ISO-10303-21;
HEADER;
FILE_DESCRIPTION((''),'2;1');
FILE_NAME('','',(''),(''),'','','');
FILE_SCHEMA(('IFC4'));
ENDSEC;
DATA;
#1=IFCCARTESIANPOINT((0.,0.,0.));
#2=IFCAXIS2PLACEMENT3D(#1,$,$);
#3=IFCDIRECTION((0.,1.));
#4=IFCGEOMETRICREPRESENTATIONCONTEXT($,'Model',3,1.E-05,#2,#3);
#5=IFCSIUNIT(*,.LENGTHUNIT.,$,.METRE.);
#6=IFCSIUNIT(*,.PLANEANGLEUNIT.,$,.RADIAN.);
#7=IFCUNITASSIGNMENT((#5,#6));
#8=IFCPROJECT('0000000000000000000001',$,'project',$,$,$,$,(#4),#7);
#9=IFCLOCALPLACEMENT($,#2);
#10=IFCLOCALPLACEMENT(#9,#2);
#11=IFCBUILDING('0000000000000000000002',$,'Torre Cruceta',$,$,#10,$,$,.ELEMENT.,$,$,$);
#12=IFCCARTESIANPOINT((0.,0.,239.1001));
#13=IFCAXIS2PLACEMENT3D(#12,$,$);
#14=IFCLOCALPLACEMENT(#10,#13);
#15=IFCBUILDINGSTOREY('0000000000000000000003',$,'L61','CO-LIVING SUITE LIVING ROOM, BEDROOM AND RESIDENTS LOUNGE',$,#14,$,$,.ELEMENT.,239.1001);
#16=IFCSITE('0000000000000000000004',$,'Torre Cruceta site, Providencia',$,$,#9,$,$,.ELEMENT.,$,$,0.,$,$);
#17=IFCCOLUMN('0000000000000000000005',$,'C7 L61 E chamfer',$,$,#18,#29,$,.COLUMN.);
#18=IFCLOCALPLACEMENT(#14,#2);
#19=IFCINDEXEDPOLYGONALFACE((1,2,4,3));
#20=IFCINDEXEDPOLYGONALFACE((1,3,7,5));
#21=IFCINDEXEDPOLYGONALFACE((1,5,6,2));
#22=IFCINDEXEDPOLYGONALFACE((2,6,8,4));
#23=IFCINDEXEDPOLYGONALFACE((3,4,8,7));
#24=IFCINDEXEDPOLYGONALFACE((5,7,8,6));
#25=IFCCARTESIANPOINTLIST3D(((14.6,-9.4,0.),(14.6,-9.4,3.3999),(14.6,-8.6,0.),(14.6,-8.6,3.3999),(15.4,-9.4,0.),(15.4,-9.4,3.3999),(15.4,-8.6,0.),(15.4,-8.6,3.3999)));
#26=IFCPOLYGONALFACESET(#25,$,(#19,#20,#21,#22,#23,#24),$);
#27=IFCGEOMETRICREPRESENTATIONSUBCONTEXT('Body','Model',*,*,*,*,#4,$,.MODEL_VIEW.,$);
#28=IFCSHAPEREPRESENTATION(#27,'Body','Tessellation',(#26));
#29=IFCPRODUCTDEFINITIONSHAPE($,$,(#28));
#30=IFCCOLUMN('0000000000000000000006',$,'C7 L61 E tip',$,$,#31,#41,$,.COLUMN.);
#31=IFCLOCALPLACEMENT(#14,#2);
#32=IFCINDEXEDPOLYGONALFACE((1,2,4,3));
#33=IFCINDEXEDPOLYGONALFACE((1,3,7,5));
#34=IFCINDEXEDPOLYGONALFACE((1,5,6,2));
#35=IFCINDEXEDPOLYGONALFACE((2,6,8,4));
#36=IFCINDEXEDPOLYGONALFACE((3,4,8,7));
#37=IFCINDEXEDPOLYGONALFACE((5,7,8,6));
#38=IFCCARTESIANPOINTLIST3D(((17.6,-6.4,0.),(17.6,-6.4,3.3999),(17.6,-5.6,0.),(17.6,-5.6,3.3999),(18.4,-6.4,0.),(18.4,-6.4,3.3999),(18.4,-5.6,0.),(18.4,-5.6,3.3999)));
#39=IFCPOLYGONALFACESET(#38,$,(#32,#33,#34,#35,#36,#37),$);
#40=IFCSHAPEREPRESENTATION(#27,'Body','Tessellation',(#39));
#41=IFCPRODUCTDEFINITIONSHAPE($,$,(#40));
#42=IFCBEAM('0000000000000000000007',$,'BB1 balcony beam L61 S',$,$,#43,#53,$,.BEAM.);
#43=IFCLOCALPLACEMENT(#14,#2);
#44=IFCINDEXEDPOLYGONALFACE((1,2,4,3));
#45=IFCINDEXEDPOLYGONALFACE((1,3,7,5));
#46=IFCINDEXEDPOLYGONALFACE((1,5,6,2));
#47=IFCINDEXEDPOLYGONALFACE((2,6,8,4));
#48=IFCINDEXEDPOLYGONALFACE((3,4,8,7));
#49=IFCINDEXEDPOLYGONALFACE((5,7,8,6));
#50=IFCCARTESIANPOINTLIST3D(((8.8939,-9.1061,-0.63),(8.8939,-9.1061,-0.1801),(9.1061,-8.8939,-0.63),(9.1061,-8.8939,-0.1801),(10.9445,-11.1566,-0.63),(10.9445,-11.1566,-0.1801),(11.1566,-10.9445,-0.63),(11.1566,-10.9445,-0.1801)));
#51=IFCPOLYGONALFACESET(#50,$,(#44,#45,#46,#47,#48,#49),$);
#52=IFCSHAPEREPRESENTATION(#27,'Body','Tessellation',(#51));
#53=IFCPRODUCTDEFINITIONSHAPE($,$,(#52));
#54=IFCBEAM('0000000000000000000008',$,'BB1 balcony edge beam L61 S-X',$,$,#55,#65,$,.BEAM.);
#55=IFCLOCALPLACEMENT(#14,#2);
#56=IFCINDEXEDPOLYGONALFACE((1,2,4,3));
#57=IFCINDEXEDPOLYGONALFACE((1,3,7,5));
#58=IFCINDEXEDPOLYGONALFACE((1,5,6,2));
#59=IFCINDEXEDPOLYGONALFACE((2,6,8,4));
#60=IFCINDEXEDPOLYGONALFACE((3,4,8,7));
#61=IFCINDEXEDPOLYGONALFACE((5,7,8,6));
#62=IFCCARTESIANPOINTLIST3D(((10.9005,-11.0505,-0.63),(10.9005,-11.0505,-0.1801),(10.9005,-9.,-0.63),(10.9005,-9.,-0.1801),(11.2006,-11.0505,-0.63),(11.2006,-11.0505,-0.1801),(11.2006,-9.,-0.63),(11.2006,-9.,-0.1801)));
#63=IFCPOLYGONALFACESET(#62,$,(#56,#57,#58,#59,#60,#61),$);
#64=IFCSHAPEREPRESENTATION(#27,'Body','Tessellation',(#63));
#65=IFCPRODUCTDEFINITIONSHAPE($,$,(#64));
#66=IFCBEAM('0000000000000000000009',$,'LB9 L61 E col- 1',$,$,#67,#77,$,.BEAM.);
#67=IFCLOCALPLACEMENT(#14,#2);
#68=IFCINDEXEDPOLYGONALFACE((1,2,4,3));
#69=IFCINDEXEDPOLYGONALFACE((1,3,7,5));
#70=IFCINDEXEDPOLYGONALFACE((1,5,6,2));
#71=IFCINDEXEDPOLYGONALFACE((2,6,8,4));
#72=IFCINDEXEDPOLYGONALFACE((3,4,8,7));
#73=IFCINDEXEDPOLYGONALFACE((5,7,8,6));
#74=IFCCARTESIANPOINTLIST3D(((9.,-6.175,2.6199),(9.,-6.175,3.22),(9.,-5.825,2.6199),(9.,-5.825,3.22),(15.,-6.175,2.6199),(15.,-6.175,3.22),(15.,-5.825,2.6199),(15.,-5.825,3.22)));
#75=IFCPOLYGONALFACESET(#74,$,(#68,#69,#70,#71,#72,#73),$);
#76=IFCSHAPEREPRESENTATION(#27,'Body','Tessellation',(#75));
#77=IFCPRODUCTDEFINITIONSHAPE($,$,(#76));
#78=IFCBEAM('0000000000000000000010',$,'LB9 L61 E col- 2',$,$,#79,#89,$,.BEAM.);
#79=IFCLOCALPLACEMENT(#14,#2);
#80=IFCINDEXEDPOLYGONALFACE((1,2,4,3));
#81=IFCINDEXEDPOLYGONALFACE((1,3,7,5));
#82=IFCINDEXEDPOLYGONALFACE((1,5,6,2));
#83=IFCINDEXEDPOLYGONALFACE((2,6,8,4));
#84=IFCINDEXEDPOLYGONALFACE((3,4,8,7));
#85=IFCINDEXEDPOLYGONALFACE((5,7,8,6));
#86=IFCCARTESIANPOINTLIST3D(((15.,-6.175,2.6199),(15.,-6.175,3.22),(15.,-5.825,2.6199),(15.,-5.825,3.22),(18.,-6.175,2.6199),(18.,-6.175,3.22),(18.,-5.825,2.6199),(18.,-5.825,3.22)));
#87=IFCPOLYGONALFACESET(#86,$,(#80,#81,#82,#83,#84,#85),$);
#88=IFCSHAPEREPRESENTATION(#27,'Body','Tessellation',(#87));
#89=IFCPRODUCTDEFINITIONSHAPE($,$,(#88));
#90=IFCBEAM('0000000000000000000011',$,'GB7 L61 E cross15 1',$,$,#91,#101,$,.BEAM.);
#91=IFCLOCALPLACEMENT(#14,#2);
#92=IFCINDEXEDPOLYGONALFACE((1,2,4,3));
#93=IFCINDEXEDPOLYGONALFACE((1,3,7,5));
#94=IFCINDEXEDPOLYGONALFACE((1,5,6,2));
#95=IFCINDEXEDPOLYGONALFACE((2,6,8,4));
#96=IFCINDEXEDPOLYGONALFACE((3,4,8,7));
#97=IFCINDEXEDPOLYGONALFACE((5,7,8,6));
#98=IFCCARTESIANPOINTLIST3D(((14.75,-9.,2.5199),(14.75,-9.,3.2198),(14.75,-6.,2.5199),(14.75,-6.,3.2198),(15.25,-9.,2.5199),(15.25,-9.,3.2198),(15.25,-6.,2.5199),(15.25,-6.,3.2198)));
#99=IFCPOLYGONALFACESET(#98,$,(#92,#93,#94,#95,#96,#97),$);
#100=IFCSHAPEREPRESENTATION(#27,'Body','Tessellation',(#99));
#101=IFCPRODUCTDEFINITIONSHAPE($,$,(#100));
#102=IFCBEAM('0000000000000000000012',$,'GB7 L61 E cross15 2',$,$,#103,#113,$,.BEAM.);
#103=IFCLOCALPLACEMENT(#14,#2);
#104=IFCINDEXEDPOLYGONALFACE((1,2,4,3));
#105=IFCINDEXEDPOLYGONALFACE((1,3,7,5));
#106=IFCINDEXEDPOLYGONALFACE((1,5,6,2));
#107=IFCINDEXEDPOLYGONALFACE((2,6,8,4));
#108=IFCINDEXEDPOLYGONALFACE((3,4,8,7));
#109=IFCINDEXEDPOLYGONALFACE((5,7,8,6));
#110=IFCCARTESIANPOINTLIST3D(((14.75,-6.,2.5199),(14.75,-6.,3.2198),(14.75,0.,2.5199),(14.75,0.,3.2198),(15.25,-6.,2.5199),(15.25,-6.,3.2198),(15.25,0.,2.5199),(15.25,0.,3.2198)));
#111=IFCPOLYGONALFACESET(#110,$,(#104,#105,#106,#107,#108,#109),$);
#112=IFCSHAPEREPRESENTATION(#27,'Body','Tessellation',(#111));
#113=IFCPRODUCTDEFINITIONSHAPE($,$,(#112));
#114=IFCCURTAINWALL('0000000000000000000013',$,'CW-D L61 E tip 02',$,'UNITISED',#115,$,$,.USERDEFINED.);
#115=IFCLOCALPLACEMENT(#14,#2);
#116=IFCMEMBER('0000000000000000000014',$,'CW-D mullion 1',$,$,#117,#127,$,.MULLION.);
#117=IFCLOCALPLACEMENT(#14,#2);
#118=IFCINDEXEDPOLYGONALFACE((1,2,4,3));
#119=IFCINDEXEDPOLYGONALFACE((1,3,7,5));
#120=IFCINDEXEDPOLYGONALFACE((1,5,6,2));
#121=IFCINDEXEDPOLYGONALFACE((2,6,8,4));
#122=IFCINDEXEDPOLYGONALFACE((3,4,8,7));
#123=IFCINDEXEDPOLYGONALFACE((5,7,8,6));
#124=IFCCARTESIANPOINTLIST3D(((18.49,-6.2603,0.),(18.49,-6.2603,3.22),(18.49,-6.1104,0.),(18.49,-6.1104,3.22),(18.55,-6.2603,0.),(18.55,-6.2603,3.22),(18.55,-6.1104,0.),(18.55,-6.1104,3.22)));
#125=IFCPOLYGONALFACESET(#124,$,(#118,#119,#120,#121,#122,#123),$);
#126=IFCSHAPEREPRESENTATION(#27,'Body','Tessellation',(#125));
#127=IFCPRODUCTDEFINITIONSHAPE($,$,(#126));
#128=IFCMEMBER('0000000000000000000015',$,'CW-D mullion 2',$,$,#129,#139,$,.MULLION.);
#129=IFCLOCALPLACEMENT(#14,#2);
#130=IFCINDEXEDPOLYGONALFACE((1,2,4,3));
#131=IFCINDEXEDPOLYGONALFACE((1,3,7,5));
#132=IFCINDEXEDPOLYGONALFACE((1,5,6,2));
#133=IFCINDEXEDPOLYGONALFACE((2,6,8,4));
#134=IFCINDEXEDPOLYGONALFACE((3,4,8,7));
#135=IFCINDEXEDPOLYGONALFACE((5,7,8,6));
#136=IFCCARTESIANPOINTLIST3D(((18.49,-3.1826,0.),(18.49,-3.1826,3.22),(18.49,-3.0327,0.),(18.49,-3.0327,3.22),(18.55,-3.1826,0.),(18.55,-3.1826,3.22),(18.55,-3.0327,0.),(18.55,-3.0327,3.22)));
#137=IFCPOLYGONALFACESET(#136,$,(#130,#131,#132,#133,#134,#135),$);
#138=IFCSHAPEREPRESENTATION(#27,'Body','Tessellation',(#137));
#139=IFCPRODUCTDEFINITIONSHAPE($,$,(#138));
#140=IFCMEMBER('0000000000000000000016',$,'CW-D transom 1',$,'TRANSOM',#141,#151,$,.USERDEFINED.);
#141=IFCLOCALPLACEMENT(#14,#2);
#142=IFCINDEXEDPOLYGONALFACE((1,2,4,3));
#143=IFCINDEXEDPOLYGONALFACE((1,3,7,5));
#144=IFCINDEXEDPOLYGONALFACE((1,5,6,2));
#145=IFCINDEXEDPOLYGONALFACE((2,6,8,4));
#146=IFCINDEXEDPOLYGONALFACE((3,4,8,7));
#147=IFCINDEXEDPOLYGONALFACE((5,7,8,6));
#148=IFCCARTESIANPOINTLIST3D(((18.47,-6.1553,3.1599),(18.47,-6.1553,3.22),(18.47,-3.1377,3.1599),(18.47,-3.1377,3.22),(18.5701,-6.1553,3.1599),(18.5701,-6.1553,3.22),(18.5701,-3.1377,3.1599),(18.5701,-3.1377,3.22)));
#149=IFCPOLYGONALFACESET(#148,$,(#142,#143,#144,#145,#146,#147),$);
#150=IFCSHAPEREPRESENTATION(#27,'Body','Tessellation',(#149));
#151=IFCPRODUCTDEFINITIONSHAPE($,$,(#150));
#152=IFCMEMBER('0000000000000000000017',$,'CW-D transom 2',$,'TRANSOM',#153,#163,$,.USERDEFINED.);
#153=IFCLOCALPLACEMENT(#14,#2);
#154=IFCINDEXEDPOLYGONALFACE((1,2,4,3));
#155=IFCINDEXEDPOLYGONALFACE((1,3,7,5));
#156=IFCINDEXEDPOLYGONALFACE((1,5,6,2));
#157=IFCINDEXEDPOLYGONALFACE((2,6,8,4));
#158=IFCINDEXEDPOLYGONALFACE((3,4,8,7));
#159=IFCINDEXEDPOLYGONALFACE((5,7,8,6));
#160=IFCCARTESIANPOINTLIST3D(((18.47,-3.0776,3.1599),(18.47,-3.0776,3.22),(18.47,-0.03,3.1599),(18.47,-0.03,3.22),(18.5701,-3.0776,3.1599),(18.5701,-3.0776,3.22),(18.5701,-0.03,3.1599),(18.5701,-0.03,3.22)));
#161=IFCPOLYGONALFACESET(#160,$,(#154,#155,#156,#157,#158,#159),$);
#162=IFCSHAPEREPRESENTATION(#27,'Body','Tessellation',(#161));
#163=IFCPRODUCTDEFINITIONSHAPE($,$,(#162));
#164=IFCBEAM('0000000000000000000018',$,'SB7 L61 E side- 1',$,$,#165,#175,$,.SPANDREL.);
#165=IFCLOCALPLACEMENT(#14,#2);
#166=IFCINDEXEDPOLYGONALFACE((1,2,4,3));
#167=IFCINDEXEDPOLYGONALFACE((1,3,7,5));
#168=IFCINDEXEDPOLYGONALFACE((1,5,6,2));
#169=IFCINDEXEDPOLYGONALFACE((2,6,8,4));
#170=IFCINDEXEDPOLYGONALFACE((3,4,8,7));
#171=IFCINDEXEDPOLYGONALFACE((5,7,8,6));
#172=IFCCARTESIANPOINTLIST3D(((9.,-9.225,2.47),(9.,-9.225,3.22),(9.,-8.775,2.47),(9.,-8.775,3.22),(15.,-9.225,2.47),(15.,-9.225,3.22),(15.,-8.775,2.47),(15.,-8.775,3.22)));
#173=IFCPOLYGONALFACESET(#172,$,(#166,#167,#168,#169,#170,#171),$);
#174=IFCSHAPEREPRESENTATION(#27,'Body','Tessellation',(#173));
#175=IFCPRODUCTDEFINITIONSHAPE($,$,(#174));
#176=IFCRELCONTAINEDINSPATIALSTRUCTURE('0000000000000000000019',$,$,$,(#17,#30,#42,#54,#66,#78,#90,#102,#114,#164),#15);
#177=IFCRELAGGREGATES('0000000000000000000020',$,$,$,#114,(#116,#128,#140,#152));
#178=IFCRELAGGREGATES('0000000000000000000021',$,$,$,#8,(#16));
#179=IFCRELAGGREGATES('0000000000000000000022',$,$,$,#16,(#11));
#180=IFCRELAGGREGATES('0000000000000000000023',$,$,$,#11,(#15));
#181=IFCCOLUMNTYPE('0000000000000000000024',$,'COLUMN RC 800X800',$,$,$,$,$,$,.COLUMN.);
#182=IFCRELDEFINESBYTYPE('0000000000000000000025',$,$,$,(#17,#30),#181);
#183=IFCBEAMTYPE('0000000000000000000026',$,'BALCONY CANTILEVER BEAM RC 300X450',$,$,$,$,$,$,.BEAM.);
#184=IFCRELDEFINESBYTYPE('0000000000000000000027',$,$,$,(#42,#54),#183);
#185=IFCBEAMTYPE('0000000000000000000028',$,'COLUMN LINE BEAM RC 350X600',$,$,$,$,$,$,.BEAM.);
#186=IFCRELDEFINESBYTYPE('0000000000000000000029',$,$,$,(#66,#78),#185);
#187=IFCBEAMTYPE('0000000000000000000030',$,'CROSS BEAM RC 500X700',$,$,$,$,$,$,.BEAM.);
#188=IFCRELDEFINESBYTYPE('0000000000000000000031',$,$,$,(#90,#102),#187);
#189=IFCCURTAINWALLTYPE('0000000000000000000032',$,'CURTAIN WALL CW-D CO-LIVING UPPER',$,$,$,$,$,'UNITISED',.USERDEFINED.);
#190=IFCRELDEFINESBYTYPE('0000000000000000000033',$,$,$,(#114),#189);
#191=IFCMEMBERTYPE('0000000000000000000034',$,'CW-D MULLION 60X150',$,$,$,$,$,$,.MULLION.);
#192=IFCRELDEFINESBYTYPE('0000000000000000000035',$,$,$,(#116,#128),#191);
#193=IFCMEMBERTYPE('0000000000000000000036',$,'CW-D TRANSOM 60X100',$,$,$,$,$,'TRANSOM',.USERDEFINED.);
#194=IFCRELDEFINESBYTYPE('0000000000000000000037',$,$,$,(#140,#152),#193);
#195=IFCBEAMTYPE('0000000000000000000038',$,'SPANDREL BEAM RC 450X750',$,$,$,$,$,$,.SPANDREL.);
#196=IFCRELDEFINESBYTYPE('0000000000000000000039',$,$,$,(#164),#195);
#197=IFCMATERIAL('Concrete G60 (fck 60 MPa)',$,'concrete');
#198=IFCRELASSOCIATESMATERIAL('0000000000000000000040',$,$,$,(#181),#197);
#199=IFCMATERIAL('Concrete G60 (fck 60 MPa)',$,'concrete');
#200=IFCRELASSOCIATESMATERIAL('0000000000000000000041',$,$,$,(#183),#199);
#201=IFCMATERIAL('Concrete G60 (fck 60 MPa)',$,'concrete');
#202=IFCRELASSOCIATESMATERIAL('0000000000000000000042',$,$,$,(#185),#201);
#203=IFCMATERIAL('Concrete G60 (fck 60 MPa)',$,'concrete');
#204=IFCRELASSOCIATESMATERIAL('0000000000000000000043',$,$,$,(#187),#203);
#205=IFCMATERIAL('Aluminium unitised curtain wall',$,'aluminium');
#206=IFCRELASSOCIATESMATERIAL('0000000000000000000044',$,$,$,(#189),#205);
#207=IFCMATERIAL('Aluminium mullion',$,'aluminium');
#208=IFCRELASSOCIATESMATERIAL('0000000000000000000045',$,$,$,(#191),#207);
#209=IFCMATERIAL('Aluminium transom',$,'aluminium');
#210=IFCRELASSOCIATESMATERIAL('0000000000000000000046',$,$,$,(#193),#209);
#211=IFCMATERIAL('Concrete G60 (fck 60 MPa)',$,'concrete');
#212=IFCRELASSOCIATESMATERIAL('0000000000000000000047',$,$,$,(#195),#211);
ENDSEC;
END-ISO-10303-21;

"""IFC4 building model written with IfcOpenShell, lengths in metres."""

from ifc_helpers import new_model, si_unit, direction, frame, origin, origin_2d, place, context, subcontext, project, spatial, rectangle, extrude, material, material_profile, profile_set, type_object, element, aggregate, save


model = new_model("IFC4")

# Units and contexts
model_context = context("Model", 3, precision=1e-05, world=origin(), true_north=direction((0.0, 1.0)))
body_context = subcontext(model_context, "Body", "Model", "MODEL_VIEW")
ifc_project = project(units=[si_unit("LENGTHUNIT", "METRE"), si_unit("PLANEANGLEUNIT", "RADIAN")], contexts=[model_context])

# Site, building, storey
site_placement = place(None, origin())
site = spatial("IfcSite", under=ifc_project, at=site_placement, Name="Torre Cruceta site, Providencia", CompositionType="ELEMENT", RefElevation=0.0)
building_placement = place(site_placement, origin())
building = spatial("IfcBuilding", under=site, at=building_placement, Name="Torre Cruceta", CompositionType="ELEMENT")
storey_placement = place(building_placement, frame((0.0, 0.0, 239.1001)))
storey = spatial("IfcBuildingStorey", under=building, at=storey_placement, Name="L61", Description="CO-LIVING SUITE LIVING ROOM, BEDROOM AND RESIDENTS LOUNGE", CompositionType="ELEMENT", Elevation=239.1001)

# Columns
ifc_material_1 = material(Name="Concrete G60 (fck 60 MPa)", Category="concrete")
ifc_material_profile_1 = material_profile(ifc_material_1, rectangle(XDim=0.8, YDim=0.8, at=origin_2d()), Name="RC 800X800")
ifc_profile_set_1 = profile_set([ifc_material_profile_1], Name="Concrete G60 (fck 60 MPa)")
column_type = type_object("IfcColumnType", Name="COLUMN RC 800X800", PredefinedType="COLUMN", material=ifc_profile_set_1)
for number, where, z_axis, x_axis, name in (
    (1, (15.0, -9.0, 0.0), (0.0, 0.0, 1.0), (1.0, 0.0, 0.0), "C7 L61 E chamfer"),
    (2, (18.0, -6.0, 0.0), (0.0, 0.0, 1.0), (1.0, 0.0, 0.0), "C7 L61 E tip"),
):
    element("IfcColumn", number, at=place(storey_placement, frame(where, z_axis=z_axis, x_axis=x_axis)), inside=storey, type_object=column_type, Name=name, PredefinedType="COLUMN", context=body_context, shape_type="SweptSolid", body=[
        extrude(rectangle(XDim=0.8, YDim=0.8, at=origin_2d()), origin(), (0.0, 0.0, 1.0), 3.3999),
    ])

# Beams
ifc_material_2 = material(Name="Concrete G60 (fck 60 MPa)", Category="concrete")
ifc_material_profile_2 = material_profile(ifc_material_2, rectangle(XDim=0.3, YDim=0.45, at=origin_2d()), Name="RC 300X450")
ifc_profile_set_2 = profile_set([ifc_material_profile_2], Name="Concrete G60 (fck 60 MPa)")
beam_type_1 = type_object("IfcBeamType", Name="BALCONY CANTILEVER BEAM RC 300X450", PredefinedType="BEAM", material=ifc_profile_set_2)
beam_1_placement = place(storey_placement, frame((9.0, -9.0, -0.405), z_axis=(0.707107, -0.707107, 0.0), x_axis=(0.707107, 0.707107, 0.0)))
element("IfcBeam", 3, at=beam_1_placement, inside=storey, type_object=beam_type_1, Name="BB1 balcony beam L61 S", PredefinedType="BEAM", context=body_context, shape_type="SweptSolid", body=[
    extrude(rectangle(XDim=0.3, YDim=0.45, at=origin_2d()), origin(), (0.0, 0.0, 1.0), 2.8999),
])
beam_2_placement = place(storey_placement, frame((11.0505, -9.0, -0.405), z_axis=(0.0, -1.0, 0.0), x_axis=(1.0, 0.0, 0.0)))
element("IfcBeam", 4, at=beam_2_placement, inside=storey, type_object=beam_type_1, Name="BB1 balcony edge beam L61 S-X", PredefinedType="BEAM", context=body_context, shape_type="SweptSolid", body=[
    extrude(rectangle(XDim=0.3, YDim=0.45, at=origin_2d()), origin(), (0.0, 0.0, 1.0), 2.0505),
])
ifc_material_3 = material(Name="Concrete G60 (fck 60 MPa)", Category="concrete")
ifc_material_profile_3 = material_profile(ifc_material_3, rectangle(XDim=0.3501, YDim=0.6001, at=origin_2d()), Name="RC 350X600")
ifc_profile_set_3 = profile_set([ifc_material_profile_3], Name="Concrete G60 (fck 60 MPa)")
beam_type_2 = type_object("IfcBeamType", Name="COLUMN LINE BEAM RC 350X600", PredefinedType="BEAM", material=ifc_profile_set_3)
beam_3_placement = place(storey_placement, frame((9.0, -6.0, 2.9199), z_axis=(1.0, 0.0, 0.0), x_axis=(0.0, 1.0, 0.0)))
element("IfcBeam", 5, at=beam_3_placement, inside=storey, type_object=beam_type_2, Name="LB9 L61 E col- 1", PredefinedType="BEAM", context=body_context, shape_type="SweptSolid", body=[
    extrude(rectangle(XDim=0.3501, YDim=0.6001, at=origin_2d()), origin(), (0.0, 0.0, 1.0), 6.0),
])
beam_4_placement = place(storey_placement, frame((15.0, -6.0, 2.9199), z_axis=(1.0, 0.0, 0.0), x_axis=(0.0, 1.0, 0.0)))
element("IfcBeam", 6, at=beam_4_placement, inside=storey, type_object=beam_type_2, Name="LB9 L61 E col- 2", PredefinedType="BEAM", context=body_context, shape_type="SweptSolid", body=[
    extrude(rectangle(XDim=0.3501, YDim=0.6001, at=origin_2d()), origin(), (0.0, 0.0, 1.0), 3.0),
])
ifc_material_4 = material(Name="Concrete G60 (fck 60 MPa)", Category="concrete")
ifc_material_profile_4 = material_profile(ifc_material_4, rectangle(XDim=0.5, YDim=0.7, at=origin_2d()), Name="RC 500X700")
ifc_profile_set_4 = profile_set([ifc_material_profile_4], Name="Concrete G60 (fck 60 MPa)")
beam_type_3 = type_object("IfcBeamType", Name="CROSS BEAM RC 500X700", PredefinedType="BEAM", material=ifc_profile_set_4)
beam_5_placement = place(storey_placement, frame((15.0, -9.0, 2.8699), z_axis=(0.0, 1.0, 0.0), x_axis=(-1.0, 0.0, 0.0)))
element("IfcBeam", 7, at=beam_5_placement, inside=storey, type_object=beam_type_3, Name="GB7 L61 E cross15 1", PredefinedType="BEAM", context=body_context, shape_type="SweptSolid", body=[
    extrude(rectangle(XDim=0.5, YDim=0.7, at=origin_2d()), origin(), (0.0, 0.0, 1.0), 3.0),
])
beam_6_placement = place(storey_placement, frame((15.0, -6.0, 2.8699), z_axis=(0.0, 1.0, 0.0), x_axis=(-1.0, 0.0, 0.0)))
element("IfcBeam", 8, at=beam_6_placement, inside=storey, type_object=beam_type_3, Name="GB7 L61 E cross15 2", PredefinedType="BEAM", context=body_context, shape_type="SweptSolid", body=[
    extrude(rectangle(XDim=0.5, YDim=0.7, at=origin_2d()), origin(), (0.0, 0.0, 1.0), 6.0),
])

# Curtain wall, members
ifc_material_5 = material(Name="Aluminium unitised curtain wall", Category="aluminium")
curtain_wall_type = type_object("IfcCurtainWallType", Name="CURTAIN WALL CW-D CO-LIVING UPPER", ElementType="UNITISED", PredefinedType="USERDEFINED", material=ifc_material_5)
curtain_wall_placement = place(storey_placement, origin())
curtain_wall = element("IfcCurtainWall", 9, at=curtain_wall_placement, inside=storey, type_object=curtain_wall_type, Name="CW-D L61 E tip 02", ObjectType="UNITISED", PredefinedType="USERDEFINED")
ifc_material_6 = material(Name="Aluminium mullion", Category="aluminium")
ifc_material_profile_5 = material_profile(ifc_material_6, rectangle(XDim=0.0601, YDim=0.1499, at=origin_2d()), Name="AL 60X150")
ifc_profile_set_5 = profile_set([ifc_material_profile_5], Name="Aluminium mullion")
member_type_1 = type_object("IfcMemberType", Name="CW-D MULLION 60X150", PredefinedType="MULLION", material=ifc_profile_set_5)
member_1_placement = place(storey_placement, frame((18.52, -6.1853, 0.0), z_axis=(0.0, 0.0, 1.0), x_axis=(-1.0, 0.0, 0.0)))
member_1 = element("IfcMember", 10, at=member_1_placement, type_object=member_type_1, Name="CW-D mullion 1", PredefinedType="MULLION", context=body_context, shape_type="SweptSolid", body=[
    extrude(rectangle(XDim=0.0601, YDim=0.1499, at=origin_2d()), origin(), (0.0, 0.0, 1.0), 3.22),
])
member_2_placement = place(storey_placement, frame((18.52, -3.1077, 0.0), z_axis=(0.0, 0.0, 1.0), x_axis=(-1.0, 0.0, 0.0)))
member_2 = element("IfcMember", 11, at=member_2_placement, type_object=member_type_1, Name="CW-D mullion 2", PredefinedType="MULLION", context=body_context, shape_type="SweptSolid", body=[
    extrude(rectangle(XDim=0.0601, YDim=0.1499, at=origin_2d()), origin(), (0.0, 0.0, 1.0), 3.22),
])
ifc_material_7 = material(Name="Aluminium transom", Category="aluminium")
ifc_material_profile_6 = material_profile(ifc_material_7, rectangle(XDim=0.1001, YDim=0.0601, at=origin_2d()), Name="AL 100X60")
ifc_profile_set_6 = profile_set([ifc_material_profile_6], Name="Aluminium transom")
member_type_2 = type_object("IfcMemberType", Name="CW-D TRANSOM 60X100", ElementType="TRANSOM", PredefinedType="USERDEFINED", material=ifc_profile_set_6)
member_3_placement = place(storey_placement, frame((18.52, -6.1553, 3.1899), z_axis=(0.0, 1.0, 0.0), x_axis=(-1.0, 0.0, 0.0)))
member_3 = element("IfcMember", 12, at=member_3_placement, type_object=member_type_2, Name="CW-D transom 1", ObjectType="TRANSOM", PredefinedType="USERDEFINED", context=body_context, shape_type="SweptSolid", body=[
    extrude(rectangle(XDim=0.1001, YDim=0.0601, at=origin_2d()), origin(), (0.0, 0.0, 1.0), 3.0176),
])
member_4_placement = place(storey_placement, frame((18.52, -3.0776, 3.1899), z_axis=(0.0, 1.0, 0.0), x_axis=(-1.0, 0.0, 0.0)))
member_4 = element("IfcMember", 13, at=member_4_placement, type_object=member_type_2, Name="CW-D transom 2", ObjectType="TRANSOM", PredefinedType="USERDEFINED", context=body_context, shape_type="SweptSolid", body=[
    extrude(rectangle(XDim=0.1001, YDim=0.0601, at=origin_2d()), origin(), (0.0, 0.0, 1.0), 3.0476),
])

# Beam
ifc_material_8 = material(Name="Concrete G60 (fck 60 MPa)", Category="concrete")
ifc_material_profile_7 = material_profile(ifc_material_8, rectangle(XDim=0.45, YDim=0.75, at=origin_2d()), Name="RC 450X750")
ifc_profile_set_7 = profile_set([ifc_material_profile_7], Name="Concrete G60 (fck 60 MPa)")
beam_type_4 = type_object("IfcBeamType", Name="SPANDREL BEAM RC 450X750", PredefinedType="SPANDREL", material=ifc_profile_set_7)
beam_7_placement = place(storey_placement, frame((9.0, -9.0, 2.845), z_axis=(1.0, 0.0, 0.0), x_axis=(0.0, 1.0, 0.0)))
element("IfcBeam", 14, at=beam_7_placement, inside=storey, type_object=beam_type_4, Name="SB7 L61 E side- 1", PredefinedType="SPANDREL", context=body_context, shape_type="SweptSolid", body=[
    extrude(rectangle(XDim=0.45, YDim=0.75, at=origin_2d()), origin(), (0.0, 0.0, 1.0), 6.0),
])

aggregate(curtain_wall, [member_1, member_2, member_3, member_4])

save(model, "model.ifc")
